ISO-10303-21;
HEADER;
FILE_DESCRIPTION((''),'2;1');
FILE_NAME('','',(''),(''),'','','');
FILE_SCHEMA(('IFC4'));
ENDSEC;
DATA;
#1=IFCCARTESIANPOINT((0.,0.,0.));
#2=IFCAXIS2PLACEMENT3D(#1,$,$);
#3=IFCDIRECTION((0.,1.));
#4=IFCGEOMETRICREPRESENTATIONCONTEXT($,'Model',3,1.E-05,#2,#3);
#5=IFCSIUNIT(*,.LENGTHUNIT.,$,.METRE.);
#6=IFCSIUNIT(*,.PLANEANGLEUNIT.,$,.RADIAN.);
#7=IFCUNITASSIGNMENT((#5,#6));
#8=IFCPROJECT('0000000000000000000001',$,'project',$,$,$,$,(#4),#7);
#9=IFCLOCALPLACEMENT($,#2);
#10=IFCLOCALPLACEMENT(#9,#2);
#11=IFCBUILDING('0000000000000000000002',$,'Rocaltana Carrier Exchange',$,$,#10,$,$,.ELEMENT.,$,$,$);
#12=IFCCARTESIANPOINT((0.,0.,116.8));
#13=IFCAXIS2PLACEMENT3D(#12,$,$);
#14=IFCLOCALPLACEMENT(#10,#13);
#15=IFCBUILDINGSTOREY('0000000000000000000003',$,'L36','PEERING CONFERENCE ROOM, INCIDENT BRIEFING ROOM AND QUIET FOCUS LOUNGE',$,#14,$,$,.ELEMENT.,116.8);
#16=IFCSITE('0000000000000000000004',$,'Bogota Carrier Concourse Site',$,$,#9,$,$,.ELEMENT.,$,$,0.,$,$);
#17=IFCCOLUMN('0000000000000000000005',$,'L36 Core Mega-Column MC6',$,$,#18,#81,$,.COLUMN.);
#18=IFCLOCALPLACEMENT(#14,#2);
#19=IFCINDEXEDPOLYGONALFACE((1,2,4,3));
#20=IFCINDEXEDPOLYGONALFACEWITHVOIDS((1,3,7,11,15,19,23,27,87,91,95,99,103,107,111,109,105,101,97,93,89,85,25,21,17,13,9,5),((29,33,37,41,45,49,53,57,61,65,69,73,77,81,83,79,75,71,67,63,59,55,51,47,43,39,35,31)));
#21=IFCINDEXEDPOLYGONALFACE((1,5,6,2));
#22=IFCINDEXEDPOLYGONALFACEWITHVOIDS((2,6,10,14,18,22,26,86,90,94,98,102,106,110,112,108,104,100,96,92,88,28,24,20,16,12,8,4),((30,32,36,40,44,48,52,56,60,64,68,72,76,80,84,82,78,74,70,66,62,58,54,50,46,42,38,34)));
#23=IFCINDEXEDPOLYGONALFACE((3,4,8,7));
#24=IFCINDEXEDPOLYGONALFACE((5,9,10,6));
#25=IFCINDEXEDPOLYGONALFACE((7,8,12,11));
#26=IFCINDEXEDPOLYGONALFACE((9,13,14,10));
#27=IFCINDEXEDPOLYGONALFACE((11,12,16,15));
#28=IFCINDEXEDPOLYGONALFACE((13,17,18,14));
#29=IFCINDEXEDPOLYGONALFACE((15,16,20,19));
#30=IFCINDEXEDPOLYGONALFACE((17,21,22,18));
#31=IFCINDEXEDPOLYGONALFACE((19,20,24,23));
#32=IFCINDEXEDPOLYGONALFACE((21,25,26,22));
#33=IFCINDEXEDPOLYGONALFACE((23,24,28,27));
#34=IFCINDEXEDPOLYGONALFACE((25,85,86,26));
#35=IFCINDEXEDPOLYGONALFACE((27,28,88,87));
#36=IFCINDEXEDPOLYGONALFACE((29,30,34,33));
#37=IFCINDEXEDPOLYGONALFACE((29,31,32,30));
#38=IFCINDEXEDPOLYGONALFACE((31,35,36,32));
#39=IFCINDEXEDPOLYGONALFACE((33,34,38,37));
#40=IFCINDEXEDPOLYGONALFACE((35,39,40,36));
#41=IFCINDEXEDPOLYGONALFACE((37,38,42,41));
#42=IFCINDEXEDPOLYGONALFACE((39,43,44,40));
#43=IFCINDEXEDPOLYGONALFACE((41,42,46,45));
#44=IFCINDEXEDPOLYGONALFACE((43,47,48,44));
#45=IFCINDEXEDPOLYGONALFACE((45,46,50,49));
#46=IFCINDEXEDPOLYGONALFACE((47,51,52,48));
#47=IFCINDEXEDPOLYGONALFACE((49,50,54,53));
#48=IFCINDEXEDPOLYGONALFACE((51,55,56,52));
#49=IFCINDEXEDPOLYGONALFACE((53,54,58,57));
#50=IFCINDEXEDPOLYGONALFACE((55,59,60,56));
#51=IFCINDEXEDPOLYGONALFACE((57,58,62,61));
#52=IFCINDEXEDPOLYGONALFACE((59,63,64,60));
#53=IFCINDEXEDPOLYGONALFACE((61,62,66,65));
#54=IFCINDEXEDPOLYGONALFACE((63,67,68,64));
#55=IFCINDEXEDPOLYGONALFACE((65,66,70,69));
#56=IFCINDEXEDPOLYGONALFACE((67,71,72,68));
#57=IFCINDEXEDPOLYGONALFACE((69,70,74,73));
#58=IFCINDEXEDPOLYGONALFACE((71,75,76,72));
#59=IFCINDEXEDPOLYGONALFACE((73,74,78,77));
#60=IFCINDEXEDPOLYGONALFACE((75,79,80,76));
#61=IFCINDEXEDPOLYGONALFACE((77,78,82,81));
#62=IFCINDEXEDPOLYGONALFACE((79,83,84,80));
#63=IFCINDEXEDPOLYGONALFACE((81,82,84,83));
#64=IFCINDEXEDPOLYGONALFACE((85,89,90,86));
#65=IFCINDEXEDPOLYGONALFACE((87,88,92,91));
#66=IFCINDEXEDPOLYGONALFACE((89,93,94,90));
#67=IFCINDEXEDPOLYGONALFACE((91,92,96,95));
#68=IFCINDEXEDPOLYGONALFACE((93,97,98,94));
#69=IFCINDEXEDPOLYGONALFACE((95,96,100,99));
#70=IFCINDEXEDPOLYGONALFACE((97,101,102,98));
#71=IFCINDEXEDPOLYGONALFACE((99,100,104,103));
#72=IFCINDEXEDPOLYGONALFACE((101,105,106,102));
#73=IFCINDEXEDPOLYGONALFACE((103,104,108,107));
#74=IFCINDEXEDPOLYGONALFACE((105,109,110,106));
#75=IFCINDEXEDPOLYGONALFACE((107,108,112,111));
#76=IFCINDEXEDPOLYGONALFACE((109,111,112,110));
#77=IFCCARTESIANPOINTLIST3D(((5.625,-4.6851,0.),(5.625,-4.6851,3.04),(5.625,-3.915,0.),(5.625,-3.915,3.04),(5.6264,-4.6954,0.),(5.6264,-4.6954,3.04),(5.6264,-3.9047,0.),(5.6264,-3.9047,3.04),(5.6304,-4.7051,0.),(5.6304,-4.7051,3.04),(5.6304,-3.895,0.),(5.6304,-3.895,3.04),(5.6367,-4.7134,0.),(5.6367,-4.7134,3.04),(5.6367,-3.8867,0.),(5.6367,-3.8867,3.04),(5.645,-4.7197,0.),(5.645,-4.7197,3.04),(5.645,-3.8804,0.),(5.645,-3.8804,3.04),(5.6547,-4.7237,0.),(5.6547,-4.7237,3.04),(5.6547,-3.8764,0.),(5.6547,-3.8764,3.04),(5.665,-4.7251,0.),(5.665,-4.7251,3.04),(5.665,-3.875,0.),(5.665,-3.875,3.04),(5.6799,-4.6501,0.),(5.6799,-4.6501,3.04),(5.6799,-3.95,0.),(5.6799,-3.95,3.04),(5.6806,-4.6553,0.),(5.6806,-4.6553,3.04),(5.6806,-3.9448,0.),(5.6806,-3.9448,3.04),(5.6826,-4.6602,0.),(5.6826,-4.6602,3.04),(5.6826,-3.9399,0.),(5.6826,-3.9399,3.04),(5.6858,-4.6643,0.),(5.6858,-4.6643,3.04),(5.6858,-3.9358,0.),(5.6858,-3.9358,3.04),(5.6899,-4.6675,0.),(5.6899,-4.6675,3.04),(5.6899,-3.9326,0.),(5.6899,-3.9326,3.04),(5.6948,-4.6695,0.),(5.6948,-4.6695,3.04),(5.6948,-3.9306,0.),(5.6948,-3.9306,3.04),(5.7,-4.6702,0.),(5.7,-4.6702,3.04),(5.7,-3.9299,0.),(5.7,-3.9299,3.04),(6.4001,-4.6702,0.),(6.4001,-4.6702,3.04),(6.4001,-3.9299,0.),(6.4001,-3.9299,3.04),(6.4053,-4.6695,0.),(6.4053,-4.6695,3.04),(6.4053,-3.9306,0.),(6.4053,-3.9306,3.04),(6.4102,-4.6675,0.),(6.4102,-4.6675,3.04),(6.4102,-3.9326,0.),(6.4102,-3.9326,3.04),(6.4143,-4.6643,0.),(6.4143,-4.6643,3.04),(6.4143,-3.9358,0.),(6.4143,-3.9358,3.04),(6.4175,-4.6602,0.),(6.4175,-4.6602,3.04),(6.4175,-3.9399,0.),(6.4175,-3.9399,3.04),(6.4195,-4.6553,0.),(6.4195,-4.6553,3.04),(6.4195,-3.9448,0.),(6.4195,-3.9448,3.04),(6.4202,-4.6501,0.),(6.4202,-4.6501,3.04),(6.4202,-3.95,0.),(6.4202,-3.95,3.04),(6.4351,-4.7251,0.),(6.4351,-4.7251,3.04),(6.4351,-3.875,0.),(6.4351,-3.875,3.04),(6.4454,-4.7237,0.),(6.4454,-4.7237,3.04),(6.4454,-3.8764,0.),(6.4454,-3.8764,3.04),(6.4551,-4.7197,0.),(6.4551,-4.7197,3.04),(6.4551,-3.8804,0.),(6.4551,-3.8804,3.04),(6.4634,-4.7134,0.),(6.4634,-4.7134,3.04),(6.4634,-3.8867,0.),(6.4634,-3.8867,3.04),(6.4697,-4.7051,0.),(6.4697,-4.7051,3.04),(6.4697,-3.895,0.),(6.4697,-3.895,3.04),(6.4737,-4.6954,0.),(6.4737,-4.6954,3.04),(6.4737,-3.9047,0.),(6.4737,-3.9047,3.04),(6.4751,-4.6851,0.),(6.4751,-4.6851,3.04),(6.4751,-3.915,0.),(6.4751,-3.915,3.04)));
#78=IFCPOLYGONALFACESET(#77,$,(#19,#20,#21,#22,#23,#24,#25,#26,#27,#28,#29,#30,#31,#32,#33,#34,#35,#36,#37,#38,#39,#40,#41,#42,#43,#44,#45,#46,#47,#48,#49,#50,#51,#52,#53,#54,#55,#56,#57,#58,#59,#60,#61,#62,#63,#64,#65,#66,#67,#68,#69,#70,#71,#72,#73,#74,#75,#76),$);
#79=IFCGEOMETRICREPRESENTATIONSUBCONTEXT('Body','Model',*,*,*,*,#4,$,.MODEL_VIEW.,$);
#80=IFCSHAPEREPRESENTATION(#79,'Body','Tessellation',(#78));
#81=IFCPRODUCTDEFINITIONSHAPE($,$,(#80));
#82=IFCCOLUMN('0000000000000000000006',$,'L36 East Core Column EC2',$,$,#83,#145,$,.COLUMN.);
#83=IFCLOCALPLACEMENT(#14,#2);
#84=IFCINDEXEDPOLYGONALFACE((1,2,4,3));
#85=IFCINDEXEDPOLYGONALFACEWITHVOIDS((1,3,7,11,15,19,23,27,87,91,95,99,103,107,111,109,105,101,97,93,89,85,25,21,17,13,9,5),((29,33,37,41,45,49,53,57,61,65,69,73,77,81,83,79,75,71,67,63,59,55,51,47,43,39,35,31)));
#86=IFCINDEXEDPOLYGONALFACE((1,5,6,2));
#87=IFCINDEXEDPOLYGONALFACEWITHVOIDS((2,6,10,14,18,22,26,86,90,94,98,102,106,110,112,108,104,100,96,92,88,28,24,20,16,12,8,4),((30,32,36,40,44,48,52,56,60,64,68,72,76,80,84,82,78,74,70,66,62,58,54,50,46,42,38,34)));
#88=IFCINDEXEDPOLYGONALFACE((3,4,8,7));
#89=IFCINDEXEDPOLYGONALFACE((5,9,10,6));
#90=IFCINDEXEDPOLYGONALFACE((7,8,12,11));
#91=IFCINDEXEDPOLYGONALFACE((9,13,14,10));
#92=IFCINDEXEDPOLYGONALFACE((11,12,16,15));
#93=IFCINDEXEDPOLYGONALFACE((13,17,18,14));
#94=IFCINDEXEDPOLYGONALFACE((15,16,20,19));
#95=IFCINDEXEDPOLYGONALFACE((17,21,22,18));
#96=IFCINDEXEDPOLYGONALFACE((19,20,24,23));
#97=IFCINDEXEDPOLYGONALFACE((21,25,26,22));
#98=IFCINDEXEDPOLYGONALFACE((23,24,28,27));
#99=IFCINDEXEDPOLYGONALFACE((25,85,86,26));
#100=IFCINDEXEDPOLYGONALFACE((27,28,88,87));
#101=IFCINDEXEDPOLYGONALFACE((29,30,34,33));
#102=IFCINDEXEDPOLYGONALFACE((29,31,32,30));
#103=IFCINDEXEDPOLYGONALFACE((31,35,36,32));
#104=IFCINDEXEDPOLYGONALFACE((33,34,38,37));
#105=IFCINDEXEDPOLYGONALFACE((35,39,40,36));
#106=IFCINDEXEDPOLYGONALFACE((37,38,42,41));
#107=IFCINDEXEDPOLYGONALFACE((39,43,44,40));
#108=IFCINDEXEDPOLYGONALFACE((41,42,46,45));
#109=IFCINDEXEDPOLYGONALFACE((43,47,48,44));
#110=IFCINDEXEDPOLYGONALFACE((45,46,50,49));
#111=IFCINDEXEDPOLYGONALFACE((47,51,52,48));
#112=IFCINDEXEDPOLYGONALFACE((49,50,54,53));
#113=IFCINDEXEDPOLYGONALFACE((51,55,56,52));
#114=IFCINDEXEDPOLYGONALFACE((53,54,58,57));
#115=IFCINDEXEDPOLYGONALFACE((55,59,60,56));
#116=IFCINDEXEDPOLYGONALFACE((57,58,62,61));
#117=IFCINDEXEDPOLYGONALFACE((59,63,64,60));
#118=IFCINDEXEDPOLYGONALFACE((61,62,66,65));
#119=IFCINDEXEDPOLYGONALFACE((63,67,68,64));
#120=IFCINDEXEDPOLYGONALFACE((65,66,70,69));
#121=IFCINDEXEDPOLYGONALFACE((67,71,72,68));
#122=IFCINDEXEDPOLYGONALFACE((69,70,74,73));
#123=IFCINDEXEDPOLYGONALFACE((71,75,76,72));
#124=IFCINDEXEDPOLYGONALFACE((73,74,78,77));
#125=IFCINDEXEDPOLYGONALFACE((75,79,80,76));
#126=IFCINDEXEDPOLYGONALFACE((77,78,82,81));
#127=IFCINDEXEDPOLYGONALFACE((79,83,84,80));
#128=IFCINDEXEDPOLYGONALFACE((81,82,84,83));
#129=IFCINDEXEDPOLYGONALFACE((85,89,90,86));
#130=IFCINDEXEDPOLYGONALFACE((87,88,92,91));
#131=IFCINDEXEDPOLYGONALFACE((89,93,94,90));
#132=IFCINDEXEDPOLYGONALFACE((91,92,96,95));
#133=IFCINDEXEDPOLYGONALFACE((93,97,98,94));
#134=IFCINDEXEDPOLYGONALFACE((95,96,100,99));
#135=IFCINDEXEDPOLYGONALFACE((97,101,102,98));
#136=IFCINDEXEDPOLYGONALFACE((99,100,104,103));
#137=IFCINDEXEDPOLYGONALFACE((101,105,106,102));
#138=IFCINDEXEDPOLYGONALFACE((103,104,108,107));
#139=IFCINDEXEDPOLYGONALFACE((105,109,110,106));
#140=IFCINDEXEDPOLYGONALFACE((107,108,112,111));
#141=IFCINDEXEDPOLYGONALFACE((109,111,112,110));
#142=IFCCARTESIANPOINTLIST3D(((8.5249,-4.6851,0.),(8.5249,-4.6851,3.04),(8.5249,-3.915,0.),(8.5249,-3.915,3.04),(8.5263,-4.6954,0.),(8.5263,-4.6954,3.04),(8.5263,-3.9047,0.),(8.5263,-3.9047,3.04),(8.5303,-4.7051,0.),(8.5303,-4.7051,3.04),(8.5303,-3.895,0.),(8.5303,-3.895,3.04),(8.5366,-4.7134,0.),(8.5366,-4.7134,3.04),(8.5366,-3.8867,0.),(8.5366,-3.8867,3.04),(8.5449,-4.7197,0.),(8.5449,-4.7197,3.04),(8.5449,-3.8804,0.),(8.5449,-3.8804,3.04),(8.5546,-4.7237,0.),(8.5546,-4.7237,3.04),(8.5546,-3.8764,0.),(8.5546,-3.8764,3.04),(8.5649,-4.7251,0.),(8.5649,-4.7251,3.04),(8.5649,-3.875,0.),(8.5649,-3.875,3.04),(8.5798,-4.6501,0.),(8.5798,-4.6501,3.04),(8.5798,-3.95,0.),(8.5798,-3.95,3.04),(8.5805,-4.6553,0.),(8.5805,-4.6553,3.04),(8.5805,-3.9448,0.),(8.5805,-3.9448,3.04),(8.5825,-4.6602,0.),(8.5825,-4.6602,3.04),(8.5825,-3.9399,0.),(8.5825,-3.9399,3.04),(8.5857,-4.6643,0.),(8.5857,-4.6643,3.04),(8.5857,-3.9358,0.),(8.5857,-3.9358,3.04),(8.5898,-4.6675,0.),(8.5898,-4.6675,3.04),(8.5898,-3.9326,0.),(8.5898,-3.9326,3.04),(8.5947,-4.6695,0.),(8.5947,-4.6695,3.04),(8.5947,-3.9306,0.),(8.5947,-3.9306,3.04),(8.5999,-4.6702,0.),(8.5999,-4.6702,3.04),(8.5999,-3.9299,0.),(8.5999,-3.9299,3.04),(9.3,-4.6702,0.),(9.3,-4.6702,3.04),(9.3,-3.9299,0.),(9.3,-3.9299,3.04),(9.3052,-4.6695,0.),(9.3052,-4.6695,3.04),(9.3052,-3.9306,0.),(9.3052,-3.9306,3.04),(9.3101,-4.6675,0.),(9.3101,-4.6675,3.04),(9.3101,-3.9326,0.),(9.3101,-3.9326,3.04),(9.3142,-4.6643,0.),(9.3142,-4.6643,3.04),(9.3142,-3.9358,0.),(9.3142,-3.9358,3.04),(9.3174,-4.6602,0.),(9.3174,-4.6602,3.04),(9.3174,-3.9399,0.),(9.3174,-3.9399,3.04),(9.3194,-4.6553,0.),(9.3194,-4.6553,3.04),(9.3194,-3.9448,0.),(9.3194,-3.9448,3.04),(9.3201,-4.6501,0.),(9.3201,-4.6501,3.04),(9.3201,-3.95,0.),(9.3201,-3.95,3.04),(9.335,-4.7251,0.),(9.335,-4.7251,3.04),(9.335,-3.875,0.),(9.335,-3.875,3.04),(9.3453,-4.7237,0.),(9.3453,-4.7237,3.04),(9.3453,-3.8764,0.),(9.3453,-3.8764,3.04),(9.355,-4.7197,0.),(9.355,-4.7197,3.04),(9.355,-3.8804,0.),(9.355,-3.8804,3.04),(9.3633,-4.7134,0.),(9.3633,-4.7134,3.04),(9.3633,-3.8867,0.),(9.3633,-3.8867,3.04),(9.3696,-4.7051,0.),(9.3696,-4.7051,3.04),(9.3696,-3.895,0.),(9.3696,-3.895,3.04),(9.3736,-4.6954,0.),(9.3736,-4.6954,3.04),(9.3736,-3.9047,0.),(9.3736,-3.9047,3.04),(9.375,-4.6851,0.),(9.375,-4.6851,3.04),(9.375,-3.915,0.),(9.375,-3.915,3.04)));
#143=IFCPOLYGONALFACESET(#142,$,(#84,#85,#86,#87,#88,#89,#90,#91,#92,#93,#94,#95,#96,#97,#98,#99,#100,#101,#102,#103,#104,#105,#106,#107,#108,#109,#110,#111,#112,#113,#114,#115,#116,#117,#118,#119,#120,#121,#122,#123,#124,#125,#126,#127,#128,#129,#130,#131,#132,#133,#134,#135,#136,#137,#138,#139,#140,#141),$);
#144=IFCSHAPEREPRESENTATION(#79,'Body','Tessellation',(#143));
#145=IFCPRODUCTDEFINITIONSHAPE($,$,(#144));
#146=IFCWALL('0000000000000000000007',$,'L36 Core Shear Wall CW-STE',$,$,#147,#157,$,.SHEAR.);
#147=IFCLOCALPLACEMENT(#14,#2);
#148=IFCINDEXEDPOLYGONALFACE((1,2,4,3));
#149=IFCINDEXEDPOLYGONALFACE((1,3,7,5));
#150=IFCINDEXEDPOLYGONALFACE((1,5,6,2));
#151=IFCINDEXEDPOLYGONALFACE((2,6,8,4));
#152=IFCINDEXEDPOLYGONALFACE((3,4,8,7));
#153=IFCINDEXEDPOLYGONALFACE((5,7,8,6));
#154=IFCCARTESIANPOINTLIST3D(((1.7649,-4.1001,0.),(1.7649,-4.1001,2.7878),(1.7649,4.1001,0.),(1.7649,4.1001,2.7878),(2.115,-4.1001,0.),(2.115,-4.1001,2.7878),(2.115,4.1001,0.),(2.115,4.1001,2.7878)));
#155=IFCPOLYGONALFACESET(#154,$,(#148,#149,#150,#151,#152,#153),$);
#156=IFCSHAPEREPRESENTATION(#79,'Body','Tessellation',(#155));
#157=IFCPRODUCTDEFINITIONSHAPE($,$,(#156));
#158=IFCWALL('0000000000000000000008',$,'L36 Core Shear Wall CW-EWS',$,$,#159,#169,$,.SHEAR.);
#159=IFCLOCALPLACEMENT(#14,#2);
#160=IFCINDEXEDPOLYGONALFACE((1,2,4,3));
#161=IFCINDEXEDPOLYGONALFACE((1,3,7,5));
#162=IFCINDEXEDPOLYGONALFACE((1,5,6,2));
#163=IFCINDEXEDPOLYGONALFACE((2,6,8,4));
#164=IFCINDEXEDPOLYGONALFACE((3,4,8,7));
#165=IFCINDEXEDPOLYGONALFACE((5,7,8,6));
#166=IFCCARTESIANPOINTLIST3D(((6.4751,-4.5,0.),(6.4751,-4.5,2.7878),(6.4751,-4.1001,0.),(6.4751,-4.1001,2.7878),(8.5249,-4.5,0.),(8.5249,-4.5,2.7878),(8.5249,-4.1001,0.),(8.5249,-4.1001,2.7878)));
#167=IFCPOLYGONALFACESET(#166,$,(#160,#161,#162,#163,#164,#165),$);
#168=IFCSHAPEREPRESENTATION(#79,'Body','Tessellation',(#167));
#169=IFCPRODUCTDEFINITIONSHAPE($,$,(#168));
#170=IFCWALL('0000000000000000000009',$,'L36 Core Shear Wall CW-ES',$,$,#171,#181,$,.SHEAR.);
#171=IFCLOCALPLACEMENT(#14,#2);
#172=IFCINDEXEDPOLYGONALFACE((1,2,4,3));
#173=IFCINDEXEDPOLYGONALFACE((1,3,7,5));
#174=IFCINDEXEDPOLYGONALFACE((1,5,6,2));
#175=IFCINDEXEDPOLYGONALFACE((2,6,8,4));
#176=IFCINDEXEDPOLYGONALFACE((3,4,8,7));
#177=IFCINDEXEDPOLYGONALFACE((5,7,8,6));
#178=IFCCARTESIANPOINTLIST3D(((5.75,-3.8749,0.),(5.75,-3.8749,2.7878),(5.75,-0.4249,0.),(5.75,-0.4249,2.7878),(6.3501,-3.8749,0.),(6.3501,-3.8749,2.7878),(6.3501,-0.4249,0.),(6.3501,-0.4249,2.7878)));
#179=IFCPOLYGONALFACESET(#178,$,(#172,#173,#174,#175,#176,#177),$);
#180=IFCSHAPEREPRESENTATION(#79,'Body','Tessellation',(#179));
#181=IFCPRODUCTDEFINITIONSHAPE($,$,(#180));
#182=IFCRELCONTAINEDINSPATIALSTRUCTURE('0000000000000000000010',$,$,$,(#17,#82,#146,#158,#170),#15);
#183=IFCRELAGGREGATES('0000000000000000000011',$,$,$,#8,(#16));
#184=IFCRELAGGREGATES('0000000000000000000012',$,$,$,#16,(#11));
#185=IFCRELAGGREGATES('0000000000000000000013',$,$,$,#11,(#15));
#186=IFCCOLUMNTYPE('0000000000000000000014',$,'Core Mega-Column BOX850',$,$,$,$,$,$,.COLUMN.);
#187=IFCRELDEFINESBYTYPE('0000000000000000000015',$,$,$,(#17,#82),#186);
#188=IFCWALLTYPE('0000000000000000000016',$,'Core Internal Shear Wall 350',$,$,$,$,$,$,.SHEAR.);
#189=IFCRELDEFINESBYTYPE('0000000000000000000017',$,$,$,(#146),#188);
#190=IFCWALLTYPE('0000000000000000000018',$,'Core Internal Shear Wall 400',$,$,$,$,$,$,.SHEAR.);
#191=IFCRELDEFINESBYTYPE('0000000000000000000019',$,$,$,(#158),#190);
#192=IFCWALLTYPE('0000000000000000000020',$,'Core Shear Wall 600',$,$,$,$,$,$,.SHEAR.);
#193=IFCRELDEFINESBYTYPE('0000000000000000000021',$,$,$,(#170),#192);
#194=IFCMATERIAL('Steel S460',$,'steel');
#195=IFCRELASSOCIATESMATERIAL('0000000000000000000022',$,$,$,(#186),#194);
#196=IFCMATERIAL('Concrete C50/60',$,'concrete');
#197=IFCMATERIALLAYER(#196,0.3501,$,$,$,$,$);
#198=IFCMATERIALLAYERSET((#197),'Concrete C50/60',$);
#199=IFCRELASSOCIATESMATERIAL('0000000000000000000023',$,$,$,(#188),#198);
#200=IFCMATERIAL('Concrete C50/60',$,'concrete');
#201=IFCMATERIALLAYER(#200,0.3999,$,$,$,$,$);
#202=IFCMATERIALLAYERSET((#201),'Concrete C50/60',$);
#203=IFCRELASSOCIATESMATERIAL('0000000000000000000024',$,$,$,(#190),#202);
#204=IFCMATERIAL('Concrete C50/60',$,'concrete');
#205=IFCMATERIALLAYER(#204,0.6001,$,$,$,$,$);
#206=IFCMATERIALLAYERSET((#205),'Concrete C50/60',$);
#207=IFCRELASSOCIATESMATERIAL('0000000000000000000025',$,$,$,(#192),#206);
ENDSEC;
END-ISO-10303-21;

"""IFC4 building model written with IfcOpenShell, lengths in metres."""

from ifc_helpers import new_model, si_unit, direction, frame, frame_2d, origin, origin_2d, place, context, subcontext, project, spatial, rectangle, hollow_rectangle, extrude, material, layer, layer_set, material_profile, profile_set, type_object, element, save


model = new_model("IFC4")

# Units and contexts
model_context = context("Model", 3, precision=1e-05, world=origin(), true_north=direction((0.0, 1.0)))
body_context = subcontext(model_context, "Body", "Model", "MODEL_VIEW")
ifc_project = project(units=[si_unit("LENGTHUNIT", "METRE"), si_unit("PLANEANGLEUNIT", "RADIAN")], contexts=[model_context])

# Site, building, storey
site_placement = place(None, origin())
site = spatial("IfcSite", under=ifc_project, at=site_placement, Name="Bogota Carrier Concourse Site", CompositionType="ELEMENT", RefElevation=0.0)
building_placement = place(site_placement, origin())
building = spatial("IfcBuilding", under=site, at=building_placement, Name="Rocaltana Carrier Exchange", CompositionType="ELEMENT")
storey_placement = place(building_placement, frame((0.0, 0.0, 116.8)))
storey = spatial("IfcBuildingStorey", under=building, at=storey_placement, Name="L36", Description="PEERING CONFERENCE ROOM, INCIDENT BRIEFING ROOM AND QUIET FOCUS LOUNGE", CompositionType="ELEMENT", Elevation=116.8)

# Columns
ifc_material_1 = material(Name="Steel S460", Category="steel")
ifc_material_profile = material_profile(ifc_material_1, hollow_rectangle(XDim=0.8501, YDim=0.8501, WallThickness=0.0549, InnerFilletRadius=0.02, OuterFilletRadius=0.04, at=origin_2d()), Name="BOX850X850X55")
ifc_profile_set = profile_set([ifc_material_profile], Name="Steel S460")
column_type = type_object("IfcColumnType", Name="Core Mega-Column BOX850", PredefinedType="COLUMN", material=ifc_profile_set)
for number, where, z_axis, x_axis, name in (
    (1, (6.05, -4.3, 0.0), (0.0, 0.0, 1.0), (1.0, 0.0, 0.0), "L36 Core Mega-Column MC6"),
    (2, (8.95, -4.3, 0.0), (0.0, 0.0, 1.0), (1.0, 0.0, 0.0), "L36 East Core Column EC2"),
):
    element("IfcColumn", number, at=place(storey_placement, frame(where, z_axis=z_axis, x_axis=x_axis)), inside=storey, type_object=column_type, Name=name, PredefinedType="COLUMN", context=body_context, shape_type="SweptSolid", body=[
        extrude(hollow_rectangle(XDim=0.8501, YDim=0.8501, WallThickness=0.0549, InnerFilletRadius=0.02, OuterFilletRadius=0.04, at=origin_2d()), origin(), (0.0, 0.0, 1.0), 3.04),
    ])

# Walls
ifc_material_2 = material(Name="Concrete C50/60", Category="concrete")
ifc_layer_1 = layer(ifc_material_2, 0.3501)
ifc_layer_set_1 = layer_set([ifc_layer_1], Name="Concrete C50/60")
wall_type_1 = type_object("IfcWallType", Name="Core Internal Shear Wall 350", PredefinedType="SHEAR", material=ifc_layer_set_1)
wall_1_placement = place(storey_placement, frame((1.9399, -4.1001, 0.0), z_axis=(0.0, 0.0, 1.0), x_axis=(0.0, 1.0, 0.0)))
element("IfcWall", 3, at=wall_1_placement, inside=storey, type_object=wall_type_1, Name="L36 Core Shear Wall CW-STE", PredefinedType="SHEAR", context=body_context, shape_type="SweptSolid", body=[
    extrude(rectangle(XDim=8.2002, YDim=0.3501, at=frame_2d((4.1001, 0.0))), origin(), (0.0, 0.0, 1.0), 2.7878),
])
ifc_material_3 = material(Name="Concrete C50/60", Category="concrete")
ifc_layer_2 = layer(ifc_material_3, 0.3999)
ifc_layer_set_2 = layer_set([ifc_layer_2], Name="Concrete C50/60")
wall_type_2 = type_object("IfcWallType", Name="Core Internal Shear Wall 400", PredefinedType="SHEAR", material=ifc_layer_set_2)
wall_2_placement = place(storey_placement, frame((6.4751, -4.3, 0.0), z_axis=(0.0, 0.0, 1.0), x_axis=(1.0, 0.0, 0.0)))
element("IfcWall", 4, at=wall_2_placement, inside=storey, type_object=wall_type_2, Name="L36 Core Shear Wall CW-EWS", PredefinedType="SHEAR", context=body_context, shape_type="SweptSolid", body=[
    extrude(rectangle(XDim=2.0498, YDim=0.3999, at=frame_2d((1.0249, 0.0))), origin(), (0.0, 0.0, 1.0), 2.7878),
])
ifc_material_4 = material(Name="Concrete C50/60", Category="concrete")
ifc_layer_3 = layer(ifc_material_4, 0.6001)
ifc_layer_set_3 = layer_set([ifc_layer_3], Name="Concrete C50/60")
wall_type_3 = type_object("IfcWallType", Name="Core Shear Wall 600", PredefinedType="SHEAR", material=ifc_layer_set_3)
wall_3_placement = place(storey_placement, frame((6.05, -3.875, 0.0), z_axis=(0.0, 0.0, 1.0), x_axis=(0.0, 1.0, 0.0)))
element("IfcWall", 5, at=wall_3_placement, inside=storey, type_object=wall_type_3, Name="L36 Core Shear Wall CW-ES", PredefinedType="SHEAR", context=body_context, shape_type="SweptSolid", body=[
    extrude(rectangle(XDim=3.45, YDim=0.6001, at=frame_2d((1.7251, 0.0))), origin(), (0.0, 0.0, 1.0), 2.7878),
])

save(model, "model.ifc")
